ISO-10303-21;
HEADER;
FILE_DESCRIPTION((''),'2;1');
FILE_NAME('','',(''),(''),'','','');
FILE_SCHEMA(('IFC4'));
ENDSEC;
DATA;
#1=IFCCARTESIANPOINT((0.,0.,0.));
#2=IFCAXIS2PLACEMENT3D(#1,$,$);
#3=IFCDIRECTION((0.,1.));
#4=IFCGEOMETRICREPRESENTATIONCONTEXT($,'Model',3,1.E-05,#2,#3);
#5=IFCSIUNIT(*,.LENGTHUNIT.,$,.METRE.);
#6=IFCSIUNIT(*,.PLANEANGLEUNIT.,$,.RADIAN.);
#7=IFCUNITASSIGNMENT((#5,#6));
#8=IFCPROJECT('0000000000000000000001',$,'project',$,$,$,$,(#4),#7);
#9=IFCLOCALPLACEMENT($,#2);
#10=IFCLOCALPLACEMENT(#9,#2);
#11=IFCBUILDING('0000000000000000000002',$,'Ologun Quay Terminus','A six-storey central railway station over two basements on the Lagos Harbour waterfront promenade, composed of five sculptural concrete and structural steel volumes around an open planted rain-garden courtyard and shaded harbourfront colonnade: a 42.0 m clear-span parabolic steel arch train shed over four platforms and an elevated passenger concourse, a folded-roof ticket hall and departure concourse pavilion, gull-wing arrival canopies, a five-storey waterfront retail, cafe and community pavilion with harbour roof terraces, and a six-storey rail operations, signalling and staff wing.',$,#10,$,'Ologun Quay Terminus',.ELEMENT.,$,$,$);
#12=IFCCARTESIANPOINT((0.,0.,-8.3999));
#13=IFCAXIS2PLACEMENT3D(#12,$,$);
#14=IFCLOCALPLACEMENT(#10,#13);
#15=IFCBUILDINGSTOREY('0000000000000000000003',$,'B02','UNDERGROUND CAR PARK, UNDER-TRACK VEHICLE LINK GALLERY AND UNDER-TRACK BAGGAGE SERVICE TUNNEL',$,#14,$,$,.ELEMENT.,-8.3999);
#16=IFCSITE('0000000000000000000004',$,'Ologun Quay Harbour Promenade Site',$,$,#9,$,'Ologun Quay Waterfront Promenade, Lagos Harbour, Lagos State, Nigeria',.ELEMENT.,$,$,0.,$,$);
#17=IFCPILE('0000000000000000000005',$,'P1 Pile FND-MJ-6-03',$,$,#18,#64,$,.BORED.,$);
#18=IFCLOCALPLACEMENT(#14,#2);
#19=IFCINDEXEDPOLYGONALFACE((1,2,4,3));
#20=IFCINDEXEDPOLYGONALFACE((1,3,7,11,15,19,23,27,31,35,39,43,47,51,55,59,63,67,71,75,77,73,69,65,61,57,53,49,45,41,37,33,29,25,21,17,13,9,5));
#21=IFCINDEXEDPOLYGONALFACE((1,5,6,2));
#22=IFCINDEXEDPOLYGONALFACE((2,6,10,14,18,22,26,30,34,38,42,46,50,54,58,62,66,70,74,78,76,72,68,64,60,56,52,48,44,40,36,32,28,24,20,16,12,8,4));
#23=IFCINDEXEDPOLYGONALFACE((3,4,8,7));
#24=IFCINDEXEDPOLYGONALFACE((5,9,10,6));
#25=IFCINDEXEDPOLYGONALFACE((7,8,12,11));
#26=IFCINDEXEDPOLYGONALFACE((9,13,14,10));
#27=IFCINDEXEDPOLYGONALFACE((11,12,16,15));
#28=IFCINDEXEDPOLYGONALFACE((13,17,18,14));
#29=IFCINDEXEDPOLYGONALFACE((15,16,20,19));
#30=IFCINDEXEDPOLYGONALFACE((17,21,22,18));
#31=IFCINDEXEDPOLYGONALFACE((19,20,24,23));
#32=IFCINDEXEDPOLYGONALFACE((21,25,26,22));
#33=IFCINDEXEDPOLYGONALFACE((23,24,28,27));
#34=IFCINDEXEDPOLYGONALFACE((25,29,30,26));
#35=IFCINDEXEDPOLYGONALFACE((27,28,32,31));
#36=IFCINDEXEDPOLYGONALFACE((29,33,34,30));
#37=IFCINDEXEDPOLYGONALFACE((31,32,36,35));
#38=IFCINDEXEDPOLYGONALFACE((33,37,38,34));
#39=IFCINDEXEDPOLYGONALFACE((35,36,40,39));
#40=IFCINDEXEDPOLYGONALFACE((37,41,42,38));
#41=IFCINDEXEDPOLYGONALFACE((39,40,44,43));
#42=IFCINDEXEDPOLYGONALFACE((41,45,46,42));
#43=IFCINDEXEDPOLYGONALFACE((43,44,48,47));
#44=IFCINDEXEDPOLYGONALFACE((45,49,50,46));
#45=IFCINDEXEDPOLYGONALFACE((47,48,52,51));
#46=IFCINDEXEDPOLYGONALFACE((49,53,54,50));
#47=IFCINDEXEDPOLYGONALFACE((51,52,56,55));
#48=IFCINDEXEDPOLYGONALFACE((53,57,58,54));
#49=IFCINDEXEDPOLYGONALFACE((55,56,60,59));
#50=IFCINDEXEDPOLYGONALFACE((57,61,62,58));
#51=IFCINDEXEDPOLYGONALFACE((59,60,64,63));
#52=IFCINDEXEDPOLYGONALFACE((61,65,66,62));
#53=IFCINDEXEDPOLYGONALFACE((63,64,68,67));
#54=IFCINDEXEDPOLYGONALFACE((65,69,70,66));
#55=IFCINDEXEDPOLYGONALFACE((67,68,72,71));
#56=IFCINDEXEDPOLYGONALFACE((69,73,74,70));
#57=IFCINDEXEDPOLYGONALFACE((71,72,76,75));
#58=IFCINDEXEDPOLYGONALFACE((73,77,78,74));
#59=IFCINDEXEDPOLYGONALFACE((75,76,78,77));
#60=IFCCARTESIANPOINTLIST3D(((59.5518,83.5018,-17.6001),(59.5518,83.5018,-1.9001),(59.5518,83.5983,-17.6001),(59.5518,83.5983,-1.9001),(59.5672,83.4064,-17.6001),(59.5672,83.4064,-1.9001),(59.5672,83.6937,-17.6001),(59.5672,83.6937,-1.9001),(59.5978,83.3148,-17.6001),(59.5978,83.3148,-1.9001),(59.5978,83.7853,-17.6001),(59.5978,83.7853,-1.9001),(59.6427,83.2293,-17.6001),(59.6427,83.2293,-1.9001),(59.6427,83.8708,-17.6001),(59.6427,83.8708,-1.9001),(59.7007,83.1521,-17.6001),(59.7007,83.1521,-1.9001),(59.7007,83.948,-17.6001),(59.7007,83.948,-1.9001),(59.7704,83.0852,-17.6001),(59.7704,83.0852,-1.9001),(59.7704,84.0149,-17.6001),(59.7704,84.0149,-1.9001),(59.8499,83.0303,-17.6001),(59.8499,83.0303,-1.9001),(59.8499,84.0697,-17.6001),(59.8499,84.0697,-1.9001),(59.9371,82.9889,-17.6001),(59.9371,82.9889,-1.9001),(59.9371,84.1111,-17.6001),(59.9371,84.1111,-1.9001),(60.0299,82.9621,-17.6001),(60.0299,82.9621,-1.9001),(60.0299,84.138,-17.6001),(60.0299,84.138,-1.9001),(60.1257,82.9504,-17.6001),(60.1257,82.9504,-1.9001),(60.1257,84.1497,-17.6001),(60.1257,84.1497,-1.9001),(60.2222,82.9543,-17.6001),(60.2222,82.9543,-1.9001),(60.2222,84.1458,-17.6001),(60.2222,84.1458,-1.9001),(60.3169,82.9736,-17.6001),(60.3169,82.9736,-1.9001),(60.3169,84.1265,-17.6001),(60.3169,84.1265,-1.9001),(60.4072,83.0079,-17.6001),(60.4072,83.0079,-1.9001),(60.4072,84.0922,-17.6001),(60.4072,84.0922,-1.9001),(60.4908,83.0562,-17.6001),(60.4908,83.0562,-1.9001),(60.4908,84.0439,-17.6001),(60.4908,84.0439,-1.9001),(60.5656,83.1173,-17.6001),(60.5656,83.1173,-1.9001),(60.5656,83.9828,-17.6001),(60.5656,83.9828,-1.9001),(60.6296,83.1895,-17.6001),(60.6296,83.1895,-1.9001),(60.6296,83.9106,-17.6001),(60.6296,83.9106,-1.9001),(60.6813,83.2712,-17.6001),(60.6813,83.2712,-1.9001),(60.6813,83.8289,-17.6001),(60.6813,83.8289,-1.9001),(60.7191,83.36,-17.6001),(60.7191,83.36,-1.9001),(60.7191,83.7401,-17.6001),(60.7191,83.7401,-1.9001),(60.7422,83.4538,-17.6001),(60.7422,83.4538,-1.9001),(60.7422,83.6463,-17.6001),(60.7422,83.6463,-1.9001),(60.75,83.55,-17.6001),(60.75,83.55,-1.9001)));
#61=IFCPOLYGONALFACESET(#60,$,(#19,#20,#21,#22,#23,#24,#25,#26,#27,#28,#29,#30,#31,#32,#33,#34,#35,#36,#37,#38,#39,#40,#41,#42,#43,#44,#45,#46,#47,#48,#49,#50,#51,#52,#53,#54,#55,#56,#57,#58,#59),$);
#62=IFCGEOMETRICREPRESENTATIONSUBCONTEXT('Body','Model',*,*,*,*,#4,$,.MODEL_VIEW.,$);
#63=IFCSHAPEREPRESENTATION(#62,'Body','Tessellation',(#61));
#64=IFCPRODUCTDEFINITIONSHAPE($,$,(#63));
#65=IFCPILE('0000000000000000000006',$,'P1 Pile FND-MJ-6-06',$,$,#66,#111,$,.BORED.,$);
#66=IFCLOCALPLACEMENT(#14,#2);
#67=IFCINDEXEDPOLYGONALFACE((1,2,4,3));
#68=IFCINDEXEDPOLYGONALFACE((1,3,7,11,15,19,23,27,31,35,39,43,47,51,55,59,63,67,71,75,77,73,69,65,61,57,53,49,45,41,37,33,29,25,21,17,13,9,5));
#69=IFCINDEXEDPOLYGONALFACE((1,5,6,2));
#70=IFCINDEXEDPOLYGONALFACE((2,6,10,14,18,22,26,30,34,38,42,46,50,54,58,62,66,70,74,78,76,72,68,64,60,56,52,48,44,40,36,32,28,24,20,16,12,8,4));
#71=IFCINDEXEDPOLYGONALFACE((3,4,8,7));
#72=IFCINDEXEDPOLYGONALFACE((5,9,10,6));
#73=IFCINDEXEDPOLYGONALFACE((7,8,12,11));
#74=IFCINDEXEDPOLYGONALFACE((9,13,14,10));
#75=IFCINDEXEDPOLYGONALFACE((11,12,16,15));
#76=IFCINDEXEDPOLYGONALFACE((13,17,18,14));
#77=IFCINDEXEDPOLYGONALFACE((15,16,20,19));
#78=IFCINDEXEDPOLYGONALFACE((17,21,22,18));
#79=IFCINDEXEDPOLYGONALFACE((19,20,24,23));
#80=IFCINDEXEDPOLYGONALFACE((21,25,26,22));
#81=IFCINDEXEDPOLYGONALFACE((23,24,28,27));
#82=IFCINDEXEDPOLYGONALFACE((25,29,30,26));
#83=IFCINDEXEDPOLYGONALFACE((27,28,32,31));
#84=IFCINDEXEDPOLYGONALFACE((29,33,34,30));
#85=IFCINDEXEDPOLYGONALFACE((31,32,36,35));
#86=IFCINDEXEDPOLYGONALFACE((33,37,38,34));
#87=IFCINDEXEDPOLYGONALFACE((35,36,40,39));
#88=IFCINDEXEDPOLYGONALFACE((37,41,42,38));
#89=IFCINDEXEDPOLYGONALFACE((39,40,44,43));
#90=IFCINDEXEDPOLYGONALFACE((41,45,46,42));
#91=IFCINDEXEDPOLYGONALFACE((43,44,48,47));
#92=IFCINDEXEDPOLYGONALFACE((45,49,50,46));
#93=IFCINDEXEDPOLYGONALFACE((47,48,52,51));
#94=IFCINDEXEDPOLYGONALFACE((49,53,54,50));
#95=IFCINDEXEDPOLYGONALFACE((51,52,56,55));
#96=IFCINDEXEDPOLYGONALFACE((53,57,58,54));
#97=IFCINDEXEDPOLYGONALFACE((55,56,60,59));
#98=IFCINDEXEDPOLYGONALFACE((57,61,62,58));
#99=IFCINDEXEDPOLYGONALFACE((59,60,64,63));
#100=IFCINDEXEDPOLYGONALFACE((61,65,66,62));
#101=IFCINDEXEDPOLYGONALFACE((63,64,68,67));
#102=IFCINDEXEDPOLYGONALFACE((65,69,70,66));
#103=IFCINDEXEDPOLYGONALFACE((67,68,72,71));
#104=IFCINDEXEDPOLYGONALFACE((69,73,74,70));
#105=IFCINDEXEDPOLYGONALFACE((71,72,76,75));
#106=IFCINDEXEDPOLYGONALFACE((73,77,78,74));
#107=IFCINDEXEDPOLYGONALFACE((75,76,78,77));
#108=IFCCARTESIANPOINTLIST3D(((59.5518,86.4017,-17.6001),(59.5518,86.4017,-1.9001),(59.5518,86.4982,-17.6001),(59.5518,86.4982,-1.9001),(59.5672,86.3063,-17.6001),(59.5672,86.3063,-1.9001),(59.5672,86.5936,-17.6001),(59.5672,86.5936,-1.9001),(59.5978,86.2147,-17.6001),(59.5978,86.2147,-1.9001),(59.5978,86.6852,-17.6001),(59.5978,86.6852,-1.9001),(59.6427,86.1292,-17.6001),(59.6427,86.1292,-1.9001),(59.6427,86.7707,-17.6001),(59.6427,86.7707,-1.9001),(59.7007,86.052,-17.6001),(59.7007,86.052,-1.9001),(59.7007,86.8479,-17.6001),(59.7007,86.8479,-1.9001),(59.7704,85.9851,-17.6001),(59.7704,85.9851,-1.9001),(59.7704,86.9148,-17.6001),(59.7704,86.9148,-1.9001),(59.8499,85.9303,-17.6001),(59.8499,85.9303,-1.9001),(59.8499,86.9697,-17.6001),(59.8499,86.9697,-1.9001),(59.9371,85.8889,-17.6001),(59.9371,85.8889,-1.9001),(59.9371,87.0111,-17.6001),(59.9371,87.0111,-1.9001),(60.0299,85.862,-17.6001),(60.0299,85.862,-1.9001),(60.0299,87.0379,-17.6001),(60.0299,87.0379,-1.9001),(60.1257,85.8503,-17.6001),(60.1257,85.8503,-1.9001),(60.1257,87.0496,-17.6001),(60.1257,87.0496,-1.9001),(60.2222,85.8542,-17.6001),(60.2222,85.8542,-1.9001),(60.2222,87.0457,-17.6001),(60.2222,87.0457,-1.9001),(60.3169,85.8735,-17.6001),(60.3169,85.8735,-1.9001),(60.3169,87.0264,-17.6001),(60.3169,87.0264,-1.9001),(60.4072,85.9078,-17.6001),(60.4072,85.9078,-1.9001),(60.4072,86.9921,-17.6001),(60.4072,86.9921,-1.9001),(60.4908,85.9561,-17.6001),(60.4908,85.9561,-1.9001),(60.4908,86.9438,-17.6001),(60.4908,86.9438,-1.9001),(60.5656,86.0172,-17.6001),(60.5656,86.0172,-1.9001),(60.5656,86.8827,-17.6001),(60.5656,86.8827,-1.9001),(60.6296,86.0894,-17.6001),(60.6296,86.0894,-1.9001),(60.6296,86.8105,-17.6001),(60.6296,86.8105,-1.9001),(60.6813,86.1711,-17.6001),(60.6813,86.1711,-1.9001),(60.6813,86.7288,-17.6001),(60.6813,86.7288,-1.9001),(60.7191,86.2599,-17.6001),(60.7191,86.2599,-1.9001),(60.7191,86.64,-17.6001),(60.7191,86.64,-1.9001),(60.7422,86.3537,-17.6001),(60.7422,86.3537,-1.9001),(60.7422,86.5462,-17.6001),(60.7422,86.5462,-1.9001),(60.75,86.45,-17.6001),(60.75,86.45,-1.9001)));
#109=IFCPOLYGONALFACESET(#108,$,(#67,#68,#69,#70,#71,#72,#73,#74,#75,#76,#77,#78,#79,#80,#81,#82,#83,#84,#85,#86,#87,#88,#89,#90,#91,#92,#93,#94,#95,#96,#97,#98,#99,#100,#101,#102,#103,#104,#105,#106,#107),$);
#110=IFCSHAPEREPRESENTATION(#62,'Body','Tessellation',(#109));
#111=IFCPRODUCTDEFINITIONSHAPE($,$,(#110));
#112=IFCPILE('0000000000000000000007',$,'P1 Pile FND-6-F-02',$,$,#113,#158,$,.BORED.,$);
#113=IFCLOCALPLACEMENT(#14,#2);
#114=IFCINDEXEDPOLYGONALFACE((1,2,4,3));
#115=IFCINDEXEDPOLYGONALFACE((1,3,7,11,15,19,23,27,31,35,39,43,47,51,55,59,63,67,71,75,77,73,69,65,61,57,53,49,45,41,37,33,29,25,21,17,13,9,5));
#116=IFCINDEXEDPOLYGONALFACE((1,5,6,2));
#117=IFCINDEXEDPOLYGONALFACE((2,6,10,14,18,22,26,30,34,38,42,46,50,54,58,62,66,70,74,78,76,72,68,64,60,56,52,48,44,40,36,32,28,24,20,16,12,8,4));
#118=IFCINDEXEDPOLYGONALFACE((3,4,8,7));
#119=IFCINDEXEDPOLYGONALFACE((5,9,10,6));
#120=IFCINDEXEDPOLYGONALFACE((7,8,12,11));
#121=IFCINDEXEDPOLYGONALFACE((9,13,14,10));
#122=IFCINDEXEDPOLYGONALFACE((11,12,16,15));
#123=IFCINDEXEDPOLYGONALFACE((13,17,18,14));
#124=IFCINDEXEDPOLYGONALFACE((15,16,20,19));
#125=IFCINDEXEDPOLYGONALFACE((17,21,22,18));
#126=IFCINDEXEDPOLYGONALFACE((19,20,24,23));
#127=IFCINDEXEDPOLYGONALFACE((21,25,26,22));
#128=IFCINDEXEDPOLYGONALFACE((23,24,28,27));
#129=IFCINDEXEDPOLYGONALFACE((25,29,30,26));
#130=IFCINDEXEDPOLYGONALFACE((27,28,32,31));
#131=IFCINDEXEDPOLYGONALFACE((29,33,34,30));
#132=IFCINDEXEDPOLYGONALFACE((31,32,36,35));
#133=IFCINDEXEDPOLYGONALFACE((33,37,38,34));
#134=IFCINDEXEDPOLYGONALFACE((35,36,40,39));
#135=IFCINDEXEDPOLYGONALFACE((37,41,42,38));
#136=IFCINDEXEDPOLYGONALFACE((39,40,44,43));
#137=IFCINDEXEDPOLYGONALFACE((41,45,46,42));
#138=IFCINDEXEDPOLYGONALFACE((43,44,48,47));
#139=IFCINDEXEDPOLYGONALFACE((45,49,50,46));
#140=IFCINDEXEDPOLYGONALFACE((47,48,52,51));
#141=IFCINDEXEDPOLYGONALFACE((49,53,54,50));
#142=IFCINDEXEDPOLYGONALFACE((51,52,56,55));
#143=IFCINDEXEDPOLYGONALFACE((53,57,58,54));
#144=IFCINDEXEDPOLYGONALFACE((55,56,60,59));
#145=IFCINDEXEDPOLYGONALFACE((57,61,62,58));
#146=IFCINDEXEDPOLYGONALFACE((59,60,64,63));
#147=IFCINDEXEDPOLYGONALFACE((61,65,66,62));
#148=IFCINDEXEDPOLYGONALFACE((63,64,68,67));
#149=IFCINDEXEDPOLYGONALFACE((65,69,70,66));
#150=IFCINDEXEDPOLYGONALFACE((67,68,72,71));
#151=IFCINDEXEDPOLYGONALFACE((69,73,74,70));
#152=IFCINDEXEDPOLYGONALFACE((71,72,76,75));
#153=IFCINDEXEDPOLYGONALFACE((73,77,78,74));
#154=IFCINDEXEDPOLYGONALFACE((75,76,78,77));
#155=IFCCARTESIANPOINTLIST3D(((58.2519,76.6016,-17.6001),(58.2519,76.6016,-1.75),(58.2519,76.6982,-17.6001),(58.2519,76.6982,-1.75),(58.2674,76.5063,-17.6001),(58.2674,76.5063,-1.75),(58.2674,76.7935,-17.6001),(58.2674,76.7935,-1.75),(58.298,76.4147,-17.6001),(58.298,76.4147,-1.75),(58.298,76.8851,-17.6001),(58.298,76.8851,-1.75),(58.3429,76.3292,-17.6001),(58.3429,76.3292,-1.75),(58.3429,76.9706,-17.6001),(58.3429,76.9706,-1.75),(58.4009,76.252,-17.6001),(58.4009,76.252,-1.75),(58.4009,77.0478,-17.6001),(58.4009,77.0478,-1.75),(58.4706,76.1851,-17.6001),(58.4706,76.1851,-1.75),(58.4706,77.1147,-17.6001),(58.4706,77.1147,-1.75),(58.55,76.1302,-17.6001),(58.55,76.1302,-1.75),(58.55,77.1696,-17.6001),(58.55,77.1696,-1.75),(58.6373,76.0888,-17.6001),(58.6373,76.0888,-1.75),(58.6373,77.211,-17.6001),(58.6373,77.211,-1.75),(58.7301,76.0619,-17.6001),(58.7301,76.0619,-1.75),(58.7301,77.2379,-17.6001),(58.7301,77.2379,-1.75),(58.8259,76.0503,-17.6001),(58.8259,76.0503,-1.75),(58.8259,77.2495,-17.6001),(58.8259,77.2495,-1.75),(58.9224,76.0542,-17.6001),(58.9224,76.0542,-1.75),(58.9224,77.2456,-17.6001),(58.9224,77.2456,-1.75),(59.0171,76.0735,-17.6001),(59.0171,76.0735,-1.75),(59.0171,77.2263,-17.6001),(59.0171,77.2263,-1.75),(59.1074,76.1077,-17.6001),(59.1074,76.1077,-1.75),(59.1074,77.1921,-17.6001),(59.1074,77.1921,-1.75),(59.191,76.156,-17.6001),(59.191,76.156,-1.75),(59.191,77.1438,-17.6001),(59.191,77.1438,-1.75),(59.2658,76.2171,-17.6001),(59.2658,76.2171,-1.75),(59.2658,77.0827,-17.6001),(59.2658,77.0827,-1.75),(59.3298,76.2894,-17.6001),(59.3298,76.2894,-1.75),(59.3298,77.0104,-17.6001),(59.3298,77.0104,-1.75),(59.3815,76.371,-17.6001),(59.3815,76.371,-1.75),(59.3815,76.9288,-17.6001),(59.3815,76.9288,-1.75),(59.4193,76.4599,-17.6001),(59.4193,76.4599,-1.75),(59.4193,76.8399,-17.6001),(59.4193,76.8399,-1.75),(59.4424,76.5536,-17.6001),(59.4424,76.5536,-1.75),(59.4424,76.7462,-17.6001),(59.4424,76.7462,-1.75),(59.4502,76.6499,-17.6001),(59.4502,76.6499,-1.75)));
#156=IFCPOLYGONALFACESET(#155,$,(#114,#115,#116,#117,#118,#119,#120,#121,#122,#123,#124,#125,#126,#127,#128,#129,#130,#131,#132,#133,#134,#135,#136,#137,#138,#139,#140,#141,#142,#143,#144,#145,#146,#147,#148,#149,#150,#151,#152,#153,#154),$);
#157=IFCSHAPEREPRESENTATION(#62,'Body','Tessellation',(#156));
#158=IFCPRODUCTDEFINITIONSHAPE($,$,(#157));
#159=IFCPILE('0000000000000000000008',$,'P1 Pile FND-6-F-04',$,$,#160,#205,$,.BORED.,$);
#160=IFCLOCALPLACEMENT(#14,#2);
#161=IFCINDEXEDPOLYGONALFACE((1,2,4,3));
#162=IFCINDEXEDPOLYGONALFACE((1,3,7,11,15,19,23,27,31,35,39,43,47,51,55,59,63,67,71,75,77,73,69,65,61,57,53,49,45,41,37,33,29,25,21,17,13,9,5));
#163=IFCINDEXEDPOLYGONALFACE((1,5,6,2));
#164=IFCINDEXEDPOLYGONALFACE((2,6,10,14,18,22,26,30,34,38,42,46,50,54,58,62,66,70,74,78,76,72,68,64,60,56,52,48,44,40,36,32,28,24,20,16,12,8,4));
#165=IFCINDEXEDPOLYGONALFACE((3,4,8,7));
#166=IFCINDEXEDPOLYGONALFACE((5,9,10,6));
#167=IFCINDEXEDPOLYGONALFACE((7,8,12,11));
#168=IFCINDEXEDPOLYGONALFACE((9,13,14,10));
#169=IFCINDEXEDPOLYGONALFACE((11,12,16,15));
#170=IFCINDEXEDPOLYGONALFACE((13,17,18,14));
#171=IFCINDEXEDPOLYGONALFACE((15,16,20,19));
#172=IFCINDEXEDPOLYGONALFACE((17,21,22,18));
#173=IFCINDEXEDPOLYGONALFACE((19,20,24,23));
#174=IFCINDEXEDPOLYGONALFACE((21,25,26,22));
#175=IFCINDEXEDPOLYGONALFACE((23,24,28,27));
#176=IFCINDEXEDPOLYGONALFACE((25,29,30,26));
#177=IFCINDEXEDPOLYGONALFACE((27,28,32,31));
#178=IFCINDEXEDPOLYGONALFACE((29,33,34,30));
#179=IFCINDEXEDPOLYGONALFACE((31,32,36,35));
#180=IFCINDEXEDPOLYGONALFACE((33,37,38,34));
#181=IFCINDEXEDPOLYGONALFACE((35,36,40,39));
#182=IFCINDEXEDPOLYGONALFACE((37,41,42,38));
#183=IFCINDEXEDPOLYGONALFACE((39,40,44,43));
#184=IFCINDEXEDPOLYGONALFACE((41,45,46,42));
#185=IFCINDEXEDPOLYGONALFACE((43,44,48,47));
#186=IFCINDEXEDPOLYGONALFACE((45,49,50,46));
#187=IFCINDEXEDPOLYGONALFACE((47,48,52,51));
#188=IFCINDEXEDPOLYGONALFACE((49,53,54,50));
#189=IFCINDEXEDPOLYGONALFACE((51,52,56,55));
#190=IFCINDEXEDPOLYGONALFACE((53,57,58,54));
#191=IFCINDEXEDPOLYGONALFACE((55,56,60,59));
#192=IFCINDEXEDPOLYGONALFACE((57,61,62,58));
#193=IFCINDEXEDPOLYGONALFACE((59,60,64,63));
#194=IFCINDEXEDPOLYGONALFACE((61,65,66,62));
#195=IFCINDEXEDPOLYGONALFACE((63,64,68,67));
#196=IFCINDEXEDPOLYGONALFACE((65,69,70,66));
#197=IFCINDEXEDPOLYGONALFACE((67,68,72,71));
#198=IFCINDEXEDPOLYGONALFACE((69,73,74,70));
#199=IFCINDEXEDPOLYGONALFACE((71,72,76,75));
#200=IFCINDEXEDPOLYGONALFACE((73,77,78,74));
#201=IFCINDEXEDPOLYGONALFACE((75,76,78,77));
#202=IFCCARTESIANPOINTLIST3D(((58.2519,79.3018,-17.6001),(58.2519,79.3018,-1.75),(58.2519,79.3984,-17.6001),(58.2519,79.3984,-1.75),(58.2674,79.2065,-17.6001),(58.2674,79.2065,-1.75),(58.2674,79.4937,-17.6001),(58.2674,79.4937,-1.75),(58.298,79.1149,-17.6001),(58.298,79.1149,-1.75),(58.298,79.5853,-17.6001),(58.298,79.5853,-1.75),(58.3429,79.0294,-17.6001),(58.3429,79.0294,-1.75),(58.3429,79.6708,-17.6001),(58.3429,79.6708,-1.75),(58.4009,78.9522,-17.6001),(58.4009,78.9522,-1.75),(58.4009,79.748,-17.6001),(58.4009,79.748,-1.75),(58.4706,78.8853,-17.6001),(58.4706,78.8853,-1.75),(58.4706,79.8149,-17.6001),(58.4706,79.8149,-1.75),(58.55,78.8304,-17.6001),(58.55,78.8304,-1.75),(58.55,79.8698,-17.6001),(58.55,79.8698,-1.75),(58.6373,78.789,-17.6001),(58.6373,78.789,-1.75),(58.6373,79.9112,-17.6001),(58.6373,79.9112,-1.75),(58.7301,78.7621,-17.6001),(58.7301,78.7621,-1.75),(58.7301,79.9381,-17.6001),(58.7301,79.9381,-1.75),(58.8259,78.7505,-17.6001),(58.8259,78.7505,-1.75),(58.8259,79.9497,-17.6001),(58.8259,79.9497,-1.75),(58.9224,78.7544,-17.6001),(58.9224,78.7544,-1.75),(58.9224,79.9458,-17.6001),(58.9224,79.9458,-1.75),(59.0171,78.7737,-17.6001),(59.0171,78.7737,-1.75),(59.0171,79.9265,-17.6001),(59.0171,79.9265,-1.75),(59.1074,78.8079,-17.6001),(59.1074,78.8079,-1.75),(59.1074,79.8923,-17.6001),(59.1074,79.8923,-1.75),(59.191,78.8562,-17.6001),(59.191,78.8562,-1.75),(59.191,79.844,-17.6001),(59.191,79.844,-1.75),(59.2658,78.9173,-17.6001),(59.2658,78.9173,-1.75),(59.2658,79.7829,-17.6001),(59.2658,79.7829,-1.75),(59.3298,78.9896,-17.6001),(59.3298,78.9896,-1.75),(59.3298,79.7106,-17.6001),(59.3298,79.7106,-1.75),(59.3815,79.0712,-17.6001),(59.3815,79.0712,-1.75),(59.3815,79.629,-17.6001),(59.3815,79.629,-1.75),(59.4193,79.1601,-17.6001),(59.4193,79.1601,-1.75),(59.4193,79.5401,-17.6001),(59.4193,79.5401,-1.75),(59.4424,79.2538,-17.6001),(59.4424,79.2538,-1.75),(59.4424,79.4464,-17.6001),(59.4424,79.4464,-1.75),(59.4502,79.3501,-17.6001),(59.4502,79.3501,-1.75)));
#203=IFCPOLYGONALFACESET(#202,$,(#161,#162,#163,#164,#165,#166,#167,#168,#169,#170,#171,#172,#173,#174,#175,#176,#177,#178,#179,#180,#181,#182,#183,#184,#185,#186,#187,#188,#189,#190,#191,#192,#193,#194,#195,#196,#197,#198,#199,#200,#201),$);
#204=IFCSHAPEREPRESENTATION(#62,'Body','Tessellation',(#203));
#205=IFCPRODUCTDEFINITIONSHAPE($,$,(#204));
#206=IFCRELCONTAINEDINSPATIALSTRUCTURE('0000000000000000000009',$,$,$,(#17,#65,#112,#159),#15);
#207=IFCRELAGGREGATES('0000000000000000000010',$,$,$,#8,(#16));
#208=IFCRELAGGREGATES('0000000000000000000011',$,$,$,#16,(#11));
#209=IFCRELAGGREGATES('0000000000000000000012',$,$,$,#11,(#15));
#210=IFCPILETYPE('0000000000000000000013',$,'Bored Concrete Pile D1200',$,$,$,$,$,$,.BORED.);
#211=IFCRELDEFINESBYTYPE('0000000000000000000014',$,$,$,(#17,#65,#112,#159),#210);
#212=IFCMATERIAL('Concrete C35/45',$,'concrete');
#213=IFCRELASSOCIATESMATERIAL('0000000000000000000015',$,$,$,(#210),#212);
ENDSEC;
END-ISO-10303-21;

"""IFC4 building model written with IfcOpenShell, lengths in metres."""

from ifc_helpers import new_model, si_unit, direction, frame, origin, origin_2d, place, context, subcontext, project, spatial, circle, extrude, material, material_profile, profile_set, type_object, element, save


model = new_model("IFC4")

# Units and contexts
model_context = context("Model", 3, precision=1e-05, world=origin(), true_north=direction((0.0, 1.0)))
body_context = subcontext(model_context, "Body", "Model", "MODEL_VIEW")
ifc_project = project(units=[si_unit("LENGTHUNIT", "METRE"), si_unit("PLANEANGLEUNIT", "RADIAN")], contexts=[model_context])

# Site, building, storey
site_placement = place(None, origin())
site = spatial("IfcSite", under=ifc_project, at=site_placement, Name="Ologun Quay Harbour Promenade Site", LongName="Ologun Quay Waterfront Promenade, Lagos Harbour, Lagos State, Nigeria", CompositionType="ELEMENT", RefElevation=0.0)
building_placement = place(site_placement, origin())
building = spatial("IfcBuilding", under=site, at=building_placement, Name="Ologun Quay Terminus", Description="A six-storey central railway station over two basements on the Lagos Harbour waterfront promenade, composed of five sculptural concrete and structural steel volumes around an open planted rain-garden courtyard and shaded harbourfront colonnade: a 42.0 m clear-span parabolic steel arch train shed over four platforms and an elevated passenger concourse, a folded-roof ticket hall and departure concourse pavilion, gull-wing arrival canopies, a five-storey waterfront retail, cafe and community pavilion with harbour roof terraces, and a six-storey rail operations, signalling and staff wing.", LongName="Ologun Quay Terminus", CompositionType="ELEMENT")
storey_placement = place(building_placement, frame((0.0, 0.0, -8.3999)))
storey = spatial("IfcBuildingStorey", under=building, at=storey_placement, Name="B02", Description="UNDERGROUND CAR PARK, UNDER-TRACK VEHICLE LINK GALLERY AND UNDER-TRACK BAGGAGE SERVICE TUNNEL", CompositionType="ELEMENT", Elevation=-8.3999)

# Piles
ifc_material_1 = material(Name="Concrete C35/45", Category="concrete")
ifc_material_profile_1 = material_profile(ifc_material_1, circle(Radius=0.6001, at=origin_2d()), Name="PILE D1200")
ifc_profile_set_1 = profile_set([ifc_material_profile_1], Name="Concrete C35/45")
pile_type = type_object("IfcPileType", Name="Bored Concrete Pile D1200", PredefinedType="BORED", material=ifc_profile_set_1)
for number, where, z_axis, x_axis, name in (
    (1, (60.1499, 83.55, -1.9001), (0.0, 0.0, -1.0), (1.0, 0.0, 0.0), "P1 Pile FND-MJ-6-03"),
    (2, (60.1499, 86.45, -1.9001), (0.0, 0.0, -1.0), (1.0, 0.0, 0.0), "P1 Pile FND-MJ-6-06"),
):
    element("IfcPile", number, at=place(storey_placement, frame(where, z_axis=z_axis, x_axis=x_axis)), inside=storey, type_object=pile_type, Name=name, PredefinedType="BORED", context=body_context, shape_type="SweptSolid", body=[
        extrude(circle(Radius=0.6001, at=origin_2d()), origin(), (0.0, 0.0, 1.0), 15.7),
    ])
for number, where, z_axis, x_axis, name in (
    (3, (58.8501, 76.6499, -1.75), (0.0, 0.0, -1.0), (1.0, 0.0, 0.0), "P1 Pile FND-6-F-02"),
    (4, (58.8501, 79.3501, -1.75), (0.0, 0.0, -1.0), (1.0, 0.0, 0.0), "P1 Pile FND-6-F-04"),
):
    element("IfcPile", number, at=place(storey_placement, frame(where, z_axis=z_axis, x_axis=x_axis)), inside=storey, type_object=pile_type, Name=name, PredefinedType="BORED", context=body_context, shape_type="SweptSolid", body=[
        extrude(circle(Radius=0.6001, at=origin_2d()), origin(), (0.0, 0.0, 1.0), 15.8501),
    ])

save(model, "model.ifc")
